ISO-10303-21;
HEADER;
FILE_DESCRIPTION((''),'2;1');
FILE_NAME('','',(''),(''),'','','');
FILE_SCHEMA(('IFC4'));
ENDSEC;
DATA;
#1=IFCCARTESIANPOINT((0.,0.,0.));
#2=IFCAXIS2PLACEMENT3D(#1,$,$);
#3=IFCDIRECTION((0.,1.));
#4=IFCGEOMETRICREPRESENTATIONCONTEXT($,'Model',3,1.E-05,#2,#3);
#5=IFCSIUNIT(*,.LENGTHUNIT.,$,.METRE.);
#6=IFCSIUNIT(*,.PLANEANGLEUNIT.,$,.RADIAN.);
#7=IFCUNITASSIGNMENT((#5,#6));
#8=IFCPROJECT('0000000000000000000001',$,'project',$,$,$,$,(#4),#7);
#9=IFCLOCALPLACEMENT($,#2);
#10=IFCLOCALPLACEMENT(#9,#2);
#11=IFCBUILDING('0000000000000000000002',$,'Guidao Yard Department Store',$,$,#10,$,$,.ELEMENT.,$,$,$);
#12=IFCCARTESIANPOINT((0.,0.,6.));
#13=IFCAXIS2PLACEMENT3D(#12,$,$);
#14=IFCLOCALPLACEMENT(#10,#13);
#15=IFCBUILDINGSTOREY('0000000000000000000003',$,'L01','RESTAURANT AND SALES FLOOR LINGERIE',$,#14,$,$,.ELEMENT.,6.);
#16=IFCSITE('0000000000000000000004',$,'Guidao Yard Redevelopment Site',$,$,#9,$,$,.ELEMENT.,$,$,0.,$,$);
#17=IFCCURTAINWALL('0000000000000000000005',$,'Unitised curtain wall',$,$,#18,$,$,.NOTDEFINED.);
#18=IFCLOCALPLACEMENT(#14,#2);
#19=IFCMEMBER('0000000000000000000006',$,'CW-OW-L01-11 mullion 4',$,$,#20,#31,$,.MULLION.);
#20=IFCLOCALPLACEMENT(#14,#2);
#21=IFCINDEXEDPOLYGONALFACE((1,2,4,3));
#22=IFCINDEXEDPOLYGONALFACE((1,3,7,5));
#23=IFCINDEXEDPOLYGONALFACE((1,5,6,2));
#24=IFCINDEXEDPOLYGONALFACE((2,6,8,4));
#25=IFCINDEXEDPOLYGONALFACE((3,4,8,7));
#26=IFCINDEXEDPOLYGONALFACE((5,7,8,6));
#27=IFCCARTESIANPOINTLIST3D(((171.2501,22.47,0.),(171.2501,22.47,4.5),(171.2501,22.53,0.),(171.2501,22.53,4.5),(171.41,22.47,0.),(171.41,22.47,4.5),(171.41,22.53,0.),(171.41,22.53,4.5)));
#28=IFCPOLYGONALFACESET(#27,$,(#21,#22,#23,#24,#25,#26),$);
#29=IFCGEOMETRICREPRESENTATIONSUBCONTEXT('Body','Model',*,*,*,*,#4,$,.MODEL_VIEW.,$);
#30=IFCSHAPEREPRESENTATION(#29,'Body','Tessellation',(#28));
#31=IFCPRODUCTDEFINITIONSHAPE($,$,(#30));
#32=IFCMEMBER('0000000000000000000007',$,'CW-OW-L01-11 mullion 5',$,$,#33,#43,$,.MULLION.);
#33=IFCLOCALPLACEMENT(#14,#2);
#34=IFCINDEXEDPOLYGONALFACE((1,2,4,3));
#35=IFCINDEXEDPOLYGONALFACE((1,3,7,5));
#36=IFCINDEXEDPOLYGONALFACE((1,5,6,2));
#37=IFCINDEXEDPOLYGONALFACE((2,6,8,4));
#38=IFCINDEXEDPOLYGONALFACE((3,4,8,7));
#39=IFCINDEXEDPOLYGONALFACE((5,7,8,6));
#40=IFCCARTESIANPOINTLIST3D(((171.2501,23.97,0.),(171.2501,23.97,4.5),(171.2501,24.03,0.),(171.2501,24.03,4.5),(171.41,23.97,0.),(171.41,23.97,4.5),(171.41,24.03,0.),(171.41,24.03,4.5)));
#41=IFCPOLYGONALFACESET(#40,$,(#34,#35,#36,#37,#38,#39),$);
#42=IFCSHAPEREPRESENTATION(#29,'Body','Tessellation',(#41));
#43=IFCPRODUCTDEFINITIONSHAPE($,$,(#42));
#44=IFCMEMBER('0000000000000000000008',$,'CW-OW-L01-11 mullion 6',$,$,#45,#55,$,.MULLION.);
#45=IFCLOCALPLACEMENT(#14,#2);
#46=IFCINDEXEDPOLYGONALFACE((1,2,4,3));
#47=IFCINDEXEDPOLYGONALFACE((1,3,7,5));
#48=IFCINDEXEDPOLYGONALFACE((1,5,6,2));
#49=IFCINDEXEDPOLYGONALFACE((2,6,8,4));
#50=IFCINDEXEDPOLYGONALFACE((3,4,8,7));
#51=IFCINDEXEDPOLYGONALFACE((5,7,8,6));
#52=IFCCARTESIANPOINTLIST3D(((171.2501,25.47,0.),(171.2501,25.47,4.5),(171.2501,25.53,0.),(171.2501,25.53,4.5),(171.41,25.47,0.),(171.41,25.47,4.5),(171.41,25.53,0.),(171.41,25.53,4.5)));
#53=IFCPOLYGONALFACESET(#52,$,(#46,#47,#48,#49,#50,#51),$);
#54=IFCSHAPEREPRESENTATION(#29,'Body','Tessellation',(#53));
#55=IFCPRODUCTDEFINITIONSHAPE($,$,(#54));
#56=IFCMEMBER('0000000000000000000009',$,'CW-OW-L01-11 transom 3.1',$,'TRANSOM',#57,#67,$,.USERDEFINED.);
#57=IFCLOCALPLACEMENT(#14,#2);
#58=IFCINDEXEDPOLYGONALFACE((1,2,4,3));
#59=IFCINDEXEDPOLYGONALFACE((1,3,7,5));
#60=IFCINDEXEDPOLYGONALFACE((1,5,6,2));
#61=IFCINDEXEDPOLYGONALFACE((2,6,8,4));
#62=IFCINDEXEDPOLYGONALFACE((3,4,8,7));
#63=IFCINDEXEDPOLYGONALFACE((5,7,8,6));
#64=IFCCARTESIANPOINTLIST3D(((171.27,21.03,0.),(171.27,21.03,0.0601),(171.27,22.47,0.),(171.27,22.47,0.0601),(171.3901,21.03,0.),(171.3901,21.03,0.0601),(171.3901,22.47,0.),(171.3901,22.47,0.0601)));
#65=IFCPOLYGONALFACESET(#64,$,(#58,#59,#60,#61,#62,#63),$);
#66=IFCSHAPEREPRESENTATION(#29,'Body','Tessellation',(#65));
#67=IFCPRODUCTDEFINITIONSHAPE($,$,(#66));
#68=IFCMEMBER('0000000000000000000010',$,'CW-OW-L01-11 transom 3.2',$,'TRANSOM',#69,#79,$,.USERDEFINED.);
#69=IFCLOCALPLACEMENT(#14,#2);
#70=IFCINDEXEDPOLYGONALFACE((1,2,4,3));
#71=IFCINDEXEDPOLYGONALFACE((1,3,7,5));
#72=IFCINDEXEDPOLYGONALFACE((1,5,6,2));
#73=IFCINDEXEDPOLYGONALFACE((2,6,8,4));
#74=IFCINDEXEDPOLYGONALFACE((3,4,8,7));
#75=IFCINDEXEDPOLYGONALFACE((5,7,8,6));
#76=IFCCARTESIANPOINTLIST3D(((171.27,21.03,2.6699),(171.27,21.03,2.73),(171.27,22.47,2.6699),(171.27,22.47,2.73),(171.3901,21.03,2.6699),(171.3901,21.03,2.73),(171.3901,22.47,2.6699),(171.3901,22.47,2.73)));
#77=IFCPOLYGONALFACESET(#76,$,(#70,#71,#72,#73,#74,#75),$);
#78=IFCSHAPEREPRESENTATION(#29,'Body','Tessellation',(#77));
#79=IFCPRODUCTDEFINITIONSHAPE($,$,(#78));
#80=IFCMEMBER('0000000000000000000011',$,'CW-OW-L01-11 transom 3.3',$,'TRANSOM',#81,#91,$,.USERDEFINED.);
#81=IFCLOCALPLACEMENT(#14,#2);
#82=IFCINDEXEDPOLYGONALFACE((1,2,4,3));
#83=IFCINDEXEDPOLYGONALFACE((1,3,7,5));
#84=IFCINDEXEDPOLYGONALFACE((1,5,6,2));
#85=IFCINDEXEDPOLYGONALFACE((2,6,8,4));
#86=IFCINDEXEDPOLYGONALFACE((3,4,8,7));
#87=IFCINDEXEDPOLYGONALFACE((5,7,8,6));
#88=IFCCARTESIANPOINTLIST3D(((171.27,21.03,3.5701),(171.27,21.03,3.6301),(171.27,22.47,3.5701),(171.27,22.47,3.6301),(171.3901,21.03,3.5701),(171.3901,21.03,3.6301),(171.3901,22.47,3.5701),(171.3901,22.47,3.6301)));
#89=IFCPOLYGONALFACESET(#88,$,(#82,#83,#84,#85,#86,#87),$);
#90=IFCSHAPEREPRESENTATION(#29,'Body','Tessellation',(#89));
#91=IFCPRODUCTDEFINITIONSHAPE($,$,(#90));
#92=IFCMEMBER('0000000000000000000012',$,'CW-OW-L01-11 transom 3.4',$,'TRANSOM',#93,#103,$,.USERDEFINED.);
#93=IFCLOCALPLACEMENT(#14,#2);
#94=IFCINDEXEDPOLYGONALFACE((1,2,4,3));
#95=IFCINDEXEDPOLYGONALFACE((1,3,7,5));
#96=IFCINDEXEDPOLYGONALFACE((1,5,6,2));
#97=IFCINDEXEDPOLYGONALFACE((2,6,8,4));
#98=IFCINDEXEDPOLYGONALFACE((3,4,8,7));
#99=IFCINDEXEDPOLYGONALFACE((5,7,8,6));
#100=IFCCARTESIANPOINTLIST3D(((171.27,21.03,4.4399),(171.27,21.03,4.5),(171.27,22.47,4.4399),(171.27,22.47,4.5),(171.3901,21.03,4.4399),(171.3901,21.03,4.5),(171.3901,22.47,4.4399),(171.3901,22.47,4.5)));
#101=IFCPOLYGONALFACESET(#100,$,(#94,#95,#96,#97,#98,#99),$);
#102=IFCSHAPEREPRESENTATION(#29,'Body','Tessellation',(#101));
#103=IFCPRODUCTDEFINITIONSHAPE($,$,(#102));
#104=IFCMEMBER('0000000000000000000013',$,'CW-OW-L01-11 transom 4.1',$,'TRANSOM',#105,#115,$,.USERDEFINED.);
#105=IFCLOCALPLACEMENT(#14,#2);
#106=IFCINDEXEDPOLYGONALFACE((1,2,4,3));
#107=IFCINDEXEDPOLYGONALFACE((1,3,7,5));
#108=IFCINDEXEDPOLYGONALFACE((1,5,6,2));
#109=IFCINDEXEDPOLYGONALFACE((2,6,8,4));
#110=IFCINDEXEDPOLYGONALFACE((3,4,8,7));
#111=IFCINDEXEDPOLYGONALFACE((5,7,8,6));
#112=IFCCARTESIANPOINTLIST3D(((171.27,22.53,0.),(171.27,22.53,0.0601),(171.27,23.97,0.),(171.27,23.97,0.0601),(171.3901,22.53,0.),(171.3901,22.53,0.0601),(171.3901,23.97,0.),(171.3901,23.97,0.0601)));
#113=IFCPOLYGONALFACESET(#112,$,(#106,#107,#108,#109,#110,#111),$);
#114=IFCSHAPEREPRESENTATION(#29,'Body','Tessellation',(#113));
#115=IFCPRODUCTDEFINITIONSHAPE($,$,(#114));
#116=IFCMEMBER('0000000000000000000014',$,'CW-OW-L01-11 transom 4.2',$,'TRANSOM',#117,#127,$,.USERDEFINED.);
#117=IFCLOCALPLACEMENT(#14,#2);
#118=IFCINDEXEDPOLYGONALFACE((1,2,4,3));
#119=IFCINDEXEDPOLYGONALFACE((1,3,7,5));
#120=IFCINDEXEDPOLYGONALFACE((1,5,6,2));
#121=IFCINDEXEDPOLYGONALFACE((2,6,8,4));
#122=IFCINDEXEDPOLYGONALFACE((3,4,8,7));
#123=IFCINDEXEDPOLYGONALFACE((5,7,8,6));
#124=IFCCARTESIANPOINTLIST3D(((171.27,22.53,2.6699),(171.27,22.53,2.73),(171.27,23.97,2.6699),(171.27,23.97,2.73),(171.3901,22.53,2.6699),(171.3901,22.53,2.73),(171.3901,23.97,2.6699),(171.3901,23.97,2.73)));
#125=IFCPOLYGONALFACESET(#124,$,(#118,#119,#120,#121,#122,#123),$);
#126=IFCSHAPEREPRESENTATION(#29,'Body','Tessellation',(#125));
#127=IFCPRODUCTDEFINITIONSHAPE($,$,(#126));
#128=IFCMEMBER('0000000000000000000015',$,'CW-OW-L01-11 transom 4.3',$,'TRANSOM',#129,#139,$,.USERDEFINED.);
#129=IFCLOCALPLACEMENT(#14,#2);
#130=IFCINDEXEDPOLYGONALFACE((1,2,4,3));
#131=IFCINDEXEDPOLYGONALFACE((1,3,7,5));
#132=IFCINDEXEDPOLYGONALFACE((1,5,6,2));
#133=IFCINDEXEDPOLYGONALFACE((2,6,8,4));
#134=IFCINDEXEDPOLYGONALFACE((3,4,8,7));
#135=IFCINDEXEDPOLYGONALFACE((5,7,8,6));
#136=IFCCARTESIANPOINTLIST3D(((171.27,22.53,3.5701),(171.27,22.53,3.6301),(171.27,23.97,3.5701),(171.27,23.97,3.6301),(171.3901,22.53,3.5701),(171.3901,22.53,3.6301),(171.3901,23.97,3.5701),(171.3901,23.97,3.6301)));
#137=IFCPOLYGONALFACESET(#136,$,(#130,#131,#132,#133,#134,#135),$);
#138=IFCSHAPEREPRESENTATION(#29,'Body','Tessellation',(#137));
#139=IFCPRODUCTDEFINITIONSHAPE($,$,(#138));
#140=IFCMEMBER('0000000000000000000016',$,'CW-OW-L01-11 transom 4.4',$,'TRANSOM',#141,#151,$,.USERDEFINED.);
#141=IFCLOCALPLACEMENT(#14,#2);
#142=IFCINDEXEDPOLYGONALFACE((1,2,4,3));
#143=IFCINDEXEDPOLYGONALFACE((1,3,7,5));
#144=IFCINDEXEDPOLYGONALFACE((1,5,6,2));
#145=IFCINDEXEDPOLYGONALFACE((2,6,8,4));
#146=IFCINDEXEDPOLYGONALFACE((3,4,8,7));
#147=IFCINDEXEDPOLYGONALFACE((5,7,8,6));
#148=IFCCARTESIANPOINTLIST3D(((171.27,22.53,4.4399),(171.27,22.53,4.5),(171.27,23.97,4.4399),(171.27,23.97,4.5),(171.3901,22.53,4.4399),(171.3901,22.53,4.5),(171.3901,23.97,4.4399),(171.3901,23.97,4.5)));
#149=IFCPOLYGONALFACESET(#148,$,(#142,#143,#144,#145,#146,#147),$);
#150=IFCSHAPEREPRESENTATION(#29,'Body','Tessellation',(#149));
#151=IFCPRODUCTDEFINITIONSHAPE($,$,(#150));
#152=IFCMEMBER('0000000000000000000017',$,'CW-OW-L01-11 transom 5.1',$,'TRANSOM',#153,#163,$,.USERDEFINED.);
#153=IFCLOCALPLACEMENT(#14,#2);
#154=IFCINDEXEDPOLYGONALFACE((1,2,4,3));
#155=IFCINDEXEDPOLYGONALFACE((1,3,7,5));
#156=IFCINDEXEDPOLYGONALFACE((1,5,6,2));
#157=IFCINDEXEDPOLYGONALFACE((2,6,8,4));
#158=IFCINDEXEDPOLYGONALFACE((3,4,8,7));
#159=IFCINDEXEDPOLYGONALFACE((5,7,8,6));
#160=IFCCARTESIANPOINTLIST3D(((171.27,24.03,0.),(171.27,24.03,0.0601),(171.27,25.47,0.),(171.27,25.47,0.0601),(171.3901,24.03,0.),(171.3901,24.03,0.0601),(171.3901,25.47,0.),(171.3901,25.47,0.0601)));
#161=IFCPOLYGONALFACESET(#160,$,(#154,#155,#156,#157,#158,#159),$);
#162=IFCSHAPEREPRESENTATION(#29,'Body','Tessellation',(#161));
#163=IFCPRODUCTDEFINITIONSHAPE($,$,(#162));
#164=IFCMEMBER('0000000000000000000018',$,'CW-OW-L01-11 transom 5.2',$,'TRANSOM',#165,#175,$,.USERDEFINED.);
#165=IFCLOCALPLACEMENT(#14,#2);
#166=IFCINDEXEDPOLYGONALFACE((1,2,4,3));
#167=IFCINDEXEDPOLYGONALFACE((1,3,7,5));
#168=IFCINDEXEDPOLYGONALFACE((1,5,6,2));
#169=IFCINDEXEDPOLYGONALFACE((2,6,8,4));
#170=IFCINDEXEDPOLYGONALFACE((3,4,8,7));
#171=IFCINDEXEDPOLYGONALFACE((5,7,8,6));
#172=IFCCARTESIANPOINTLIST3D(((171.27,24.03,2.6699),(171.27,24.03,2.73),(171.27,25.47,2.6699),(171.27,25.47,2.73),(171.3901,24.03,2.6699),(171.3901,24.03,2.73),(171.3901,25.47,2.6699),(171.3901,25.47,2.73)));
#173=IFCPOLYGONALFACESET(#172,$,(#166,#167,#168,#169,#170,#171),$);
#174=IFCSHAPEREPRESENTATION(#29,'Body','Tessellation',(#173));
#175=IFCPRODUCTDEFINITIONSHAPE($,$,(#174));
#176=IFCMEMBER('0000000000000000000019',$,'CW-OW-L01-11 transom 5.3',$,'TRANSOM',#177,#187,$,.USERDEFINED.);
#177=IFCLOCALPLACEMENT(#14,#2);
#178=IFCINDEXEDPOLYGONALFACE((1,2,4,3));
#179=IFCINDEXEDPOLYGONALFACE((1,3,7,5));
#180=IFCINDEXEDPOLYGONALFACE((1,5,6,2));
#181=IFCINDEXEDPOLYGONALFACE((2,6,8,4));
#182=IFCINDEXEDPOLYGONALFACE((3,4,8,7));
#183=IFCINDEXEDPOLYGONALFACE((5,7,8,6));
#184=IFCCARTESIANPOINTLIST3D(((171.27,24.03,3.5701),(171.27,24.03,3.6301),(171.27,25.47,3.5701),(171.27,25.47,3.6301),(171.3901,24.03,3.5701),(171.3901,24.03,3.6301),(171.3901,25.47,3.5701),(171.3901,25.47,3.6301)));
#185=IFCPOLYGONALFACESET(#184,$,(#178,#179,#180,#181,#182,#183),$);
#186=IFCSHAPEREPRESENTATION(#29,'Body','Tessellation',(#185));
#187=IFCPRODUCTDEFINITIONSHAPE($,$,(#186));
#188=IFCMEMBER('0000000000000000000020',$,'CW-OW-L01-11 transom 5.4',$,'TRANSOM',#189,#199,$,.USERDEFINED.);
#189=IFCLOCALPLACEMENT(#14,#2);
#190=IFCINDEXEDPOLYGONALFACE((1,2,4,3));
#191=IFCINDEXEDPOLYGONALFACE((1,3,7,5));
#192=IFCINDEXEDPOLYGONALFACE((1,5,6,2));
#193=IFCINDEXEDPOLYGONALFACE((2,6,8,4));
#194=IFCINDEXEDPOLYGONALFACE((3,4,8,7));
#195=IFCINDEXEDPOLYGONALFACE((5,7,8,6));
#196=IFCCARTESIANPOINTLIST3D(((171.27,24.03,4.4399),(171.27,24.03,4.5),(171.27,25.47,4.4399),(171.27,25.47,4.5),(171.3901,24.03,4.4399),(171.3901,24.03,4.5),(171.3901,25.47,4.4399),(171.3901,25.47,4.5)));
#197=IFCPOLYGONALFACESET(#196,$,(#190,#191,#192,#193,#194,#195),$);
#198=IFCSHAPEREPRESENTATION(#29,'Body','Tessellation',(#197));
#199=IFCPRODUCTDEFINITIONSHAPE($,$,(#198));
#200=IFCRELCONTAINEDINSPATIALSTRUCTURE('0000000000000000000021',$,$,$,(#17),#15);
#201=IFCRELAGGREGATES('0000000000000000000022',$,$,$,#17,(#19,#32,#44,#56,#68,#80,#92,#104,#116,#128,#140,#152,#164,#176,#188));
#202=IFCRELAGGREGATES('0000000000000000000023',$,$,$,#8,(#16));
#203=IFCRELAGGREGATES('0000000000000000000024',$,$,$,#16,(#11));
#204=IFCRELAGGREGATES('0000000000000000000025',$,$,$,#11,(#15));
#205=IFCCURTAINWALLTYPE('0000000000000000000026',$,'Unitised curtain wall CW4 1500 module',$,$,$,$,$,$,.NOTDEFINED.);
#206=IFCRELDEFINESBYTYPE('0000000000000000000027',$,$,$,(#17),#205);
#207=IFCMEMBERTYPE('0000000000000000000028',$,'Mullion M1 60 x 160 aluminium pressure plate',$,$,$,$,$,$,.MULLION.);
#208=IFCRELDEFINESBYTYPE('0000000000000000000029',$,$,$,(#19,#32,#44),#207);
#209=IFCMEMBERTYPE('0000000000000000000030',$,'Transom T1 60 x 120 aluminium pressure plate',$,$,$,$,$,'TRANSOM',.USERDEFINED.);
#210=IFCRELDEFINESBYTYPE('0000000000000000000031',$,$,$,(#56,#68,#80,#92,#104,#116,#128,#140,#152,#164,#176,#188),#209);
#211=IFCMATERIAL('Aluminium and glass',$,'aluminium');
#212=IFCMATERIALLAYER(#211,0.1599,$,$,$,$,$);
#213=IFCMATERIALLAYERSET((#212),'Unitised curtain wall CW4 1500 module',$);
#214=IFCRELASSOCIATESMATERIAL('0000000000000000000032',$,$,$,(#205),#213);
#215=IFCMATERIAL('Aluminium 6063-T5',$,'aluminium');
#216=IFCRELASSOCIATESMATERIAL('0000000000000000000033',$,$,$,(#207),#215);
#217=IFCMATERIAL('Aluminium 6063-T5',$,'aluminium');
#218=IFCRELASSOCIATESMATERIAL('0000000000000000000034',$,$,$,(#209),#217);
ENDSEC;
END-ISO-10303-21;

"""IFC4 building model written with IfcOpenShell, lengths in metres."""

from ifc_helpers import new_model, si_unit, direction, frame, origin, origin_2d, place, context, subcontext, project, spatial, rectangle, extrude, material, layer, layer_set, material_profile, profile_set, type_object, element, aggregate, save


model = new_model("IFC4")

# Units and contexts
model_context = context("Model", 3, precision=1e-05, world=origin(), true_north=direction((0.0, 1.0)))
body_context = subcontext(model_context, "Body", "Model", "MODEL_VIEW")
ifc_project = project(units=[si_unit("LENGTHUNIT", "METRE"), si_unit("PLANEANGLEUNIT", "RADIAN")], contexts=[model_context])

# Site, building, storey
site_placement = place(None, origin())
site = spatial("IfcSite", under=ifc_project, at=site_placement, Name="Guidao Yard Redevelopment Site", CompositionType="ELEMENT", RefElevation=0.0)
building_placement = place(site_placement, origin())
building = spatial("IfcBuilding", under=site, at=building_placement, Name="Guidao Yard Department Store", CompositionType="ELEMENT")
storey_placement = place(building_placement, frame((0.0, 0.0, 6.0)))
storey = spatial("IfcBuildingStorey", under=building, at=storey_placement, Name="L01", Description="RESTAURANT AND SALES FLOOR LINGERIE", CompositionType="ELEMENT", Elevation=6.0)

# Curtain wall, members
ifc_material_1 = material(Name="Aluminium and glass", Category="aluminium")
ifc_layer_1 = layer(ifc_material_1, 0.1599)
ifc_layer_set_1 = layer_set([ifc_layer_1], Name="Unitised curtain wall CW4 1500 module")
curtain_wall_type = type_object("IfcCurtainWallType", Name="Unitised curtain wall CW4 1500 module", PredefinedType="NOTDEFINED", material=ifc_layer_set_1)
curtain_wall_placement = place(storey_placement, origin())
curtain_wall = element("IfcCurtainWall", 1, at=curtain_wall_placement, inside=storey, type_object=curtain_wall_type, Name="Unitised curtain wall", PredefinedType="NOTDEFINED")
ifc_material_2 = material(Name="Aluminium 6063-T5", Category="aluminium")
ifc_material_profile_1 = material_profile(ifc_material_2, rectangle(XDim=0.0601, YDim=0.1599, at=origin_2d()), Name="Mullion M1 60 x 160 aluminium pressure plate")
ifc_profile_set_1 = profile_set([ifc_material_profile_1], Name="Aluminium 6063-T5")
member_type_1 = type_object("IfcMemberType", Name="Mullion M1 60 x 160 aluminium pressure plate", PredefinedType="MULLION", material=ifc_profile_set_1)
member_1_placement = place(storey_placement, frame((171.3301, 22.5, 0.0), z_axis=(0.0, 0.0, 1.0), x_axis=(0.0, -1.0, 0.0)))
member_1 = element("IfcMember", 2, at=member_1_placement, type_object=member_type_1, Name="CW-OW-L01-11 mullion 4", PredefinedType="MULLION", context=body_context, shape_type="SweptSolid", body=[
    extrude(rectangle(XDim=0.0601, YDim=0.1599, at=origin_2d()), origin(), (0.0, 0.0, 1.0), 4.5),
])
member_2_placement = place(storey_placement, frame((171.3301, 24.0, 0.0), z_axis=(0.0, 0.0, 1.0), x_axis=(0.0, -1.0, 0.0)))
member_2 = element("IfcMember", 3, at=member_2_placement, type_object=member_type_1, Name="CW-OW-L01-11 mullion 5", PredefinedType="MULLION", context=body_context, shape_type="SweptSolid", body=[
    extrude(rectangle(XDim=0.0601, YDim=0.1599, at=origin_2d()), origin(), (0.0, 0.0, 1.0), 4.5),
])
member_3_placement = place(storey_placement, frame((171.3301, 25.5, 0.0), z_axis=(0.0, 0.0, 1.0), x_axis=(0.0, -1.0, 0.0)))
member_3 = element("IfcMember", 4, at=member_3_placement, type_object=member_type_1, Name="CW-OW-L01-11 mullion 6", PredefinedType="MULLION", context=body_context, shape_type="SweptSolid", body=[
    extrude(rectangle(XDim=0.0601, YDim=0.1599, at=origin_2d()), origin(), (0.0, 0.0, 1.0), 4.5),
])
ifc_material_3 = material(Name="Aluminium 6063-T5", Category="aluminium")
ifc_material_profile_2 = material_profile(ifc_material_3, rectangle(XDim=0.1201, YDim=0.0601, at=origin_2d()), Name="Transom T1 60 x 120 aluminium pressure plate")
ifc_profile_set_2 = profile_set([ifc_material_profile_2], Name="Aluminium 6063-T5")
member_type_2 = type_object("IfcMemberType", Name="Transom T1 60 x 120 aluminium pressure plate", ElementType="TRANSOM", PredefinedType="USERDEFINED", material=ifc_profile_set_2)
member_4_placement = place(storey_placement, frame((171.3301, 22.47, 0.03), z_axis=(0.0, -1.0, 0.0), x_axis=(1.0, 0.0, 0.0)))
member_4 = element("IfcMember", 5, at=member_4_placement, type_object=member_type_2, Name="CW-OW-L01-11 transom 3.1", ObjectType="TRANSOM", PredefinedType="USERDEFINED", context=body_context, shape_type="SweptSolid", body=[
    extrude(rectangle(XDim=0.1201, YDim=0.0601, at=origin_2d()), origin(), (0.0, 0.0, 1.0), 1.4399),
])
member_5_placement = place(storey_placement, frame((171.3301, 22.47, 2.7), z_axis=(0.0, -1.0, 0.0), x_axis=(1.0, 0.0, 0.0)))
member_5 = element("IfcMember", 6, at=member_5_placement, type_object=member_type_2, Name="CW-OW-L01-11 transom 3.2", ObjectType="TRANSOM", PredefinedType="USERDEFINED", context=body_context, shape_type="SweptSolid", body=[
    extrude(rectangle(XDim=0.1201, YDim=0.0601, at=origin_2d()), origin(), (0.0, 0.0, 1.0), 1.4399),
])
member_6_placement = place(storey_placement, frame((171.3301, 22.47, 3.6001), z_axis=(0.0, -1.0, 0.0), x_axis=(1.0, 0.0, 0.0)))
member_6 = element("IfcMember", 7, at=member_6_placement, type_object=member_type_2, Name="CW-OW-L01-11 transom 3.3", ObjectType="TRANSOM", PredefinedType="USERDEFINED", context=body_context, shape_type="SweptSolid", body=[
    extrude(rectangle(XDim=0.1201, YDim=0.0601, at=origin_2d()), origin(), (0.0, 0.0, 1.0), 1.4399),
])
member_7_placement = place(storey_placement, frame((171.3301, 22.47, 4.47), z_axis=(0.0, -1.0, 0.0), x_axis=(1.0, 0.0, 0.0)))
member_7 = element("IfcMember", 8, at=member_7_placement, type_object=member_type_2, Name="CW-OW-L01-11 transom 3.4", ObjectType="TRANSOM", PredefinedType="USERDEFINED", context=body_context, shape_type="SweptSolid", body=[
    extrude(rectangle(XDim=0.1201, YDim=0.0601, at=origin_2d()), origin(), (0.0, 0.0, 1.0), 1.4399),
])
member_8_placement = place(storey_placement, frame((171.3301, 23.97, 0.03), z_axis=(0.0, -1.0, 0.0), x_axis=(1.0, 0.0, 0.0)))
member_8 = element("IfcMember", 9, at=member_8_placement, type_object=member_type_2, Name="CW-OW-L01-11 transom 4.1", ObjectType="TRANSOM", PredefinedType="USERDEFINED", context=body_context, shape_type="SweptSolid", body=[
    extrude(rectangle(XDim=0.1201, YDim=0.0601, at=origin_2d()), origin(), (0.0, 0.0, 1.0), 1.4399),
])
member_9_placement = place(storey_placement, frame((171.3301, 23.97, 2.7), z_axis=(0.0, -1.0, 0.0), x_axis=(1.0, 0.0, 0.0)))
member_9 = element("IfcMember", 10, at=member_9_placement, type_object=member_type_2, Name="CW-OW-L01-11 transom 4.2", ObjectType="TRANSOM", PredefinedType="USERDEFINED", context=body_context, shape_type="SweptSolid", body=[
    extrude(rectangle(XDim=0.1201, YDim=0.0601, at=origin_2d()), origin(), (0.0, 0.0, 1.0), 1.4399),
])
member_10_placement = place(storey_placement, frame((171.3301, 23.97, 3.6001), z_axis=(0.0, -1.0, 0.0), x_axis=(1.0, 0.0, 0.0)))
member_10 = element("IfcMember", 11, at=member_10_placement, type_object=member_type_2, Name="CW-OW-L01-11 transom 4.3", ObjectType="TRANSOM", PredefinedType="USERDEFINED", context=body_context, shape_type="SweptSolid", body=[
    extrude(rectangle(XDim=0.1201, YDim=0.0601, at=origin_2d()), origin(), (0.0, 0.0, 1.0), 1.4399),
])
member_11_placement = place(storey_placement, frame((171.3301, 23.97, 4.47), z_axis=(0.0, -1.0, 0.0), x_axis=(1.0, 0.0, 0.0)))
member_11 = element("IfcMember", 12, at=member_11_placement, type_object=member_type_2, Name="CW-OW-L01-11 transom 4.4", ObjectType="TRANSOM", PredefinedType="USERDEFINED", context=body_context, shape_type="SweptSolid", body=[
    extrude(rectangle(XDim=0.1201, YDim=0.0601, at=origin_2d()), origin(), (0.0, 0.0, 1.0), 1.4399),
])
member_12_placement = place(storey_placement, frame((171.3301, 25.47, 0.03), z_axis=(0.0, -1.0, 0.0), x_axis=(1.0, 0.0, 0.0)))
member_12 = element("IfcMember", 13, at=member_12_placement, type_object=member_type_2, Name="CW-OW-L01-11 transom 5.1", ObjectType="TRANSOM", PredefinedType="USERDEFINED", context=body_context, shape_type="SweptSolid", body=[
    extrude(rectangle(XDim=0.1201, YDim=0.0601, at=origin_2d()), origin(), (0.0, 0.0, 1.0), 1.4399),
])
member_13_placement = place(storey_placement, frame((171.3301, 25.47, 2.7), z_axis=(0.0, -1.0, 0.0), x_axis=(1.0, 0.0, 0.0)))
member_13 = element("IfcMember", 14, at=member_13_placement, type_object=member_type_2, Name="CW-OW-L01-11 transom 5.2", ObjectType="TRANSOM", PredefinedType="USERDEFINED", context=body_context, shape_type="SweptSolid", body=[
    extrude(rectangle(XDim=0.1201, YDim=0.0601, at=origin_2d()), origin(), (0.0, 0.0, 1.0), 1.4399),
])
member_14_placement = place(storey_placement, frame((171.3301, 25.47, 3.6001), z_axis=(0.0, -1.0, 0.0), x_axis=(1.0, 0.0, 0.0)))
member_14 = element("IfcMember", 15, at=member_14_placement, type_object=member_type_2, Name="CW-OW-L01-11 transom 5.3", ObjectType="TRANSOM", PredefinedType="USERDEFINED", context=body_context, shape_type="SweptSolid", body=[
    extrude(rectangle(XDim=0.1201, YDim=0.0601, at=origin_2d()), origin(), (0.0, 0.0, 1.0), 1.4399),
])
member_15_placement = place(storey_placement, frame((171.3301, 25.47, 4.47), z_axis=(0.0, -1.0, 0.0), x_axis=(1.0, 0.0, 0.0)))
member_15 = element("IfcMember", 16, at=member_15_placement, type_object=member_type_2, Name="CW-OW-L01-11 transom 5.4", ObjectType="TRANSOM", PredefinedType="USERDEFINED", context=body_context, shape_type="SweptSolid", body=[
    extrude(rectangle(XDim=0.1201, YDim=0.0601, at=origin_2d()), origin(), (0.0, 0.0, 1.0), 1.4399),
])
aggregate(curtain_wall, [member_1, member_2, member_3, member_4, member_5, member_6, member_7, member_8, member_9, member_10, member_11, member_12, member_13, member_14, member_15])

save(model, "model.ifc")
